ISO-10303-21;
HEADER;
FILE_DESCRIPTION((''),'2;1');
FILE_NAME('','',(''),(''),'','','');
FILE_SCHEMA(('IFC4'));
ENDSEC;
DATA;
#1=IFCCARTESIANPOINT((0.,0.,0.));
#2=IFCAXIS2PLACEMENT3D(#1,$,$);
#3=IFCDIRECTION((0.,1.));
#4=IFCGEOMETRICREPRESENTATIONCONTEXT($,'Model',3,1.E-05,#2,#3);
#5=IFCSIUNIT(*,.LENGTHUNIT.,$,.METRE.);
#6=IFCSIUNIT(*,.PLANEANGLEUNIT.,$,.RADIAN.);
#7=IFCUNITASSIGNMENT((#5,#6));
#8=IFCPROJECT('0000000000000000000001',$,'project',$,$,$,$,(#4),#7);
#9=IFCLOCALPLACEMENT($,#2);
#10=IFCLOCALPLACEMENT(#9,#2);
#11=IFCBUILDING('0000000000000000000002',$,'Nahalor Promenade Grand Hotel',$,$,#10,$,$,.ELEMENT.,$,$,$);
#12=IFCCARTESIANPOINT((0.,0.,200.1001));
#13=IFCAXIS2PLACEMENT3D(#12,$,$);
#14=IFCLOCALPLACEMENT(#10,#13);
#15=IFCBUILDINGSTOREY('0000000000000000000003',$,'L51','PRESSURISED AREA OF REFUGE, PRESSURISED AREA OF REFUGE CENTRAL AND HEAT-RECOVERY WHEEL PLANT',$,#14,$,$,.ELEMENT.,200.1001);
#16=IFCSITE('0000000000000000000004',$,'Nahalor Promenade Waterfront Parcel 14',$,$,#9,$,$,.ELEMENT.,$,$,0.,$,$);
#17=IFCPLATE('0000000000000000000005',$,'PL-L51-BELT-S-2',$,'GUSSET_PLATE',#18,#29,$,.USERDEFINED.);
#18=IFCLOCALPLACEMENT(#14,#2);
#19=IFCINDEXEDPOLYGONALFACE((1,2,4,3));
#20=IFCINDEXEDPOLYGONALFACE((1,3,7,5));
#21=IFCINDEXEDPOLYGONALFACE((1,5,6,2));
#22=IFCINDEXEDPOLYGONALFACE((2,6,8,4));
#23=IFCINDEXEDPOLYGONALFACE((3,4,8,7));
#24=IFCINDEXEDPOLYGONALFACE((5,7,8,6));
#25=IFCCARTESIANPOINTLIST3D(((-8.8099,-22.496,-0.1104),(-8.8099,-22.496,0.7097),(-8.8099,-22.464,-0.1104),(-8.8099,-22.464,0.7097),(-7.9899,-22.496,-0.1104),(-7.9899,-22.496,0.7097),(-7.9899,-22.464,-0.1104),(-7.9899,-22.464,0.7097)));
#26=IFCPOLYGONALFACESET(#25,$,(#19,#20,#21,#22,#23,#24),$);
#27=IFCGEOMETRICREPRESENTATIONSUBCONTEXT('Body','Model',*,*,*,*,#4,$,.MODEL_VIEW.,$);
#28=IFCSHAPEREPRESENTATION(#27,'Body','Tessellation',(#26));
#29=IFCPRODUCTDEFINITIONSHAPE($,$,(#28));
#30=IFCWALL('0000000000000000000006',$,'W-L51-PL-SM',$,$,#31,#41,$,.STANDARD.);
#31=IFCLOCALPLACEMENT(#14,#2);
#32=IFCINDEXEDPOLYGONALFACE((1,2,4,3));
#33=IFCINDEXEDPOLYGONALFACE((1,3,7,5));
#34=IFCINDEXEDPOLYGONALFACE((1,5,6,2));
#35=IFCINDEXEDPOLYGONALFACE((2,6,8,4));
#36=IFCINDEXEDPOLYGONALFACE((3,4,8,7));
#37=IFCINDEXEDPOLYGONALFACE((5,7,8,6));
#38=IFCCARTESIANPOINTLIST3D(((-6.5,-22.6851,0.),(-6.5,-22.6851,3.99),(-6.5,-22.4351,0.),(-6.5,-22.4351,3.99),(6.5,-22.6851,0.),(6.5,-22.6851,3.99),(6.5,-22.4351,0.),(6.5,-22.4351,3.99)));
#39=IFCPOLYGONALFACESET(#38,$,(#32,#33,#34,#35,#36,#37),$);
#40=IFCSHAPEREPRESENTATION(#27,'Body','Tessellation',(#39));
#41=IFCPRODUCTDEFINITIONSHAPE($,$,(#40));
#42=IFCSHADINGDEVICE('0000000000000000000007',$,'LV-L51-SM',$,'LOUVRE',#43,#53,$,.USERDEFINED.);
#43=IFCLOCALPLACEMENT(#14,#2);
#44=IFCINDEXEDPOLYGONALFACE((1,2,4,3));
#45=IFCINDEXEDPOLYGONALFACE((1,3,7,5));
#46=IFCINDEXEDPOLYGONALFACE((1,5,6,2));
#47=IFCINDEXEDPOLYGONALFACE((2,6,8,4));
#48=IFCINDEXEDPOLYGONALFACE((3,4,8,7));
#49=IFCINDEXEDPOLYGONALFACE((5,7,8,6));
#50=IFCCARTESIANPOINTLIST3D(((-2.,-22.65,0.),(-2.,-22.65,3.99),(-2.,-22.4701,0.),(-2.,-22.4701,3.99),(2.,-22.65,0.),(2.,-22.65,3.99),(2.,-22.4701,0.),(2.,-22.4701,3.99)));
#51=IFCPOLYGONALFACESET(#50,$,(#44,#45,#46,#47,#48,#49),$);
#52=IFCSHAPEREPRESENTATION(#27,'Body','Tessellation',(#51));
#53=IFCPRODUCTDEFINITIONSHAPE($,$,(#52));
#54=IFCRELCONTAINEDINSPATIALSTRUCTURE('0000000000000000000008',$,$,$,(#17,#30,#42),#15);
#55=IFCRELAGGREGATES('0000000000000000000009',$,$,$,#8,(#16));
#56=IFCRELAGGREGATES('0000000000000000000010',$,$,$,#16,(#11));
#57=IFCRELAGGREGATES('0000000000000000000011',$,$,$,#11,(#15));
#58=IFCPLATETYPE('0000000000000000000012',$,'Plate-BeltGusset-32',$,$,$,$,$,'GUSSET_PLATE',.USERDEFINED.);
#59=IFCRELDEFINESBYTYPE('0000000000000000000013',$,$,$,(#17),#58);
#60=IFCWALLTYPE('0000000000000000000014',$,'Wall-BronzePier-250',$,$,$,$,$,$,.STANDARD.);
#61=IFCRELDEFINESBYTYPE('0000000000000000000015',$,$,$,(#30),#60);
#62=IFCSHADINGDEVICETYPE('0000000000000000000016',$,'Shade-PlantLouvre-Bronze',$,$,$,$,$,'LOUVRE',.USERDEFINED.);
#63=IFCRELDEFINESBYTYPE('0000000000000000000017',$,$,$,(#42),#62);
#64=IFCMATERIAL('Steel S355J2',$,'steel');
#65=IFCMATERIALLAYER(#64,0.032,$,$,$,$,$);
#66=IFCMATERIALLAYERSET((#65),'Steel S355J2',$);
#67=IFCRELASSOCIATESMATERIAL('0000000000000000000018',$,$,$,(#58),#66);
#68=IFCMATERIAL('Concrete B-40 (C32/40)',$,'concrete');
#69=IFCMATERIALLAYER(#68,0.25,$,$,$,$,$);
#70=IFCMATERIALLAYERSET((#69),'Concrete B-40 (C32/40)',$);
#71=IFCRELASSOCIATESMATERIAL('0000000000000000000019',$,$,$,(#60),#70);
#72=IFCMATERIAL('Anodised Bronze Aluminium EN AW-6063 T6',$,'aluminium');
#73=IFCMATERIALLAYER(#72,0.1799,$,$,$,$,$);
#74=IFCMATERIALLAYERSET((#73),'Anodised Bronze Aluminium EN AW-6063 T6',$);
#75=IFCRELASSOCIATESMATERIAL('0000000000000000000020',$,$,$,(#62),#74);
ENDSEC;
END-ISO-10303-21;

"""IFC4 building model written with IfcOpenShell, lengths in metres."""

from ifc_helpers import new_model, si_unit, direction, frame, frame_2d, origin, origin_2d, place, context, subcontext, project, spatial, rectangle, extrude, source, transform, mapped, material, layer, layer_set, type_object, element, save


model = new_model("IFC4")

# Units and contexts
model_context = context("Model", 3, precision=1e-05, world=origin(), true_north=direction((0.0, 1.0)))
body_context = subcontext(model_context, "Body", "Model", "MODEL_VIEW")
ifc_project = project(units=[si_unit("LENGTHUNIT", "METRE"), si_unit("PLANEANGLEUNIT", "RADIAN")], contexts=[model_context])

# Site, building, storey
site_placement = place(None, origin())
site = spatial("IfcSite", under=ifc_project, at=site_placement, Name="Nahalor Promenade Waterfront Parcel 14", CompositionType="ELEMENT", RefElevation=0.0)
building_placement = place(site_placement, origin())
building = spatial("IfcBuilding", under=site, at=building_placement, Name="Nahalor Promenade Grand Hotel", CompositionType="ELEMENT")
storey_placement = place(building_placement, frame((0.0, 0.0, 200.1001)))
storey = spatial("IfcBuildingStorey", under=building, at=storey_placement, Name="L51", Description="PRESSURISED AREA OF REFUGE, PRESSURISED AREA OF REFUGE CENTRAL AND HEAT-RECOVERY WHEEL PLANT", CompositionType="ELEMENT", Elevation=200.1001)

# Shared definitions
ifc_material_1 = material(Name="Steel S355J2", Category="steel")

# Plate
ifc_layer_1 = layer(ifc_material_1, 0.032)
ifc_layer_set_1 = layer_set([ifc_layer_1], Name="Steel S355J2")
plate_type_1 = type_object("IfcPlateType", Name="Plate-BeltGusset-32", ElementType="GUSSET_PLATE", PredefinedType="USERDEFINED", material=ifc_layer_set_1)
shared_shape_1 = source(origin(), body_context, "Body", "SweptSolid", [
    extrude(rectangle(XDim=0.8201, YDim=0.032, at=origin_2d()), origin(), (0.0, 0.0, 1.0), 0.8201),
])
plate_1_placement = place(storey_placement, frame((-8.3999, -22.48, -0.1104), z_axis=(0.0, 0.0, 1.0), x_axis=(1.0, 0.0, 0.0)))
element("IfcPlate", 1, at=plate_1_placement, inside=storey, type_object=plate_type_1, Name="PL-L51-BELT-S-2", ObjectType="GUSSET_PLATE", PredefinedType="USERDEFINED", context=body_context, shape_type="MappedRepresentation", body=[
    mapped(shared_shape_1, transform((0.0, 0.0, 0.0), scale=1.0)),
])

# Wall
ifc_material_2 = material(Name="Concrete B-40 (C32/40)", Category="concrete")
ifc_layer_2 = layer(ifc_material_2, 0.25)
ifc_layer_set_2 = layer_set([ifc_layer_2], Name="Concrete B-40 (C32/40)")
wall_type = type_object("IfcWallType", Name="Wall-BronzePier-250", PredefinedType="STANDARD", material=ifc_layer_set_2)
shared_shape_2 = source(origin(), body_context, "Body", "SweptSolid", [
    extrude(rectangle(XDim=13.0, YDim=0.25, at=frame_2d((6.5, 0.0))), origin(), (0.0, 0.0, 1.0), 3.99),
])
wall_placement = place(storey_placement, frame((-6.5, -22.5601, 0.0), z_axis=(0.0, 0.0, 1.0), x_axis=(1.0, 0.0, 0.0)))
element("IfcWall", 2, at=wall_placement, inside=storey, type_object=wall_type, Name="W-L51-PL-SM", PredefinedType="STANDARD", context=body_context, shape_type="MappedRepresentation", body=[
    mapped(shared_shape_2, transform((0.0, 0.0, 0.0), scale=1.0)),
])

# Shading device
ifc_material_3 = material(Name="Anodised Bronze Aluminium EN AW-6063 T6", Category="aluminium")
ifc_layer_3 = layer(ifc_material_3, 0.1799)
ifc_layer_set_3 = layer_set([ifc_layer_3], Name="Anodised Bronze Aluminium EN AW-6063 T6")
shading_device_type = type_object("IfcShadingDeviceType", Name="Shade-PlantLouvre-Bronze", ElementType="LOUVRE", PredefinedType="USERDEFINED", material=ifc_layer_set_3)
shared_shape_3 = source(origin(), body_context, "Body", "SweptSolid", [
    extrude(rectangle(XDim=4.0, YDim=0.1799, at=origin_2d()), origin(), (0.0, 0.0, 1.0), 3.99),
])
shading_device_placement = place(storey_placement, frame((0.0, -22.5601, 0.0), z_axis=(0.0, 0.0, 1.0), x_axis=(1.0, 0.0, 0.0)))
element("IfcShadingDevice", 3, at=shading_device_placement, inside=storey, type_object=shading_device_type, Name="LV-L51-SM", ObjectType="LOUVRE", PredefinedType="USERDEFINED", context=body_context, shape_type="MappedRepresentation", body=[
    mapped(shared_shape_3, transform((0.0, 0.0, 0.0), scale=1.0)),
])

save(model, "model.ifc")
